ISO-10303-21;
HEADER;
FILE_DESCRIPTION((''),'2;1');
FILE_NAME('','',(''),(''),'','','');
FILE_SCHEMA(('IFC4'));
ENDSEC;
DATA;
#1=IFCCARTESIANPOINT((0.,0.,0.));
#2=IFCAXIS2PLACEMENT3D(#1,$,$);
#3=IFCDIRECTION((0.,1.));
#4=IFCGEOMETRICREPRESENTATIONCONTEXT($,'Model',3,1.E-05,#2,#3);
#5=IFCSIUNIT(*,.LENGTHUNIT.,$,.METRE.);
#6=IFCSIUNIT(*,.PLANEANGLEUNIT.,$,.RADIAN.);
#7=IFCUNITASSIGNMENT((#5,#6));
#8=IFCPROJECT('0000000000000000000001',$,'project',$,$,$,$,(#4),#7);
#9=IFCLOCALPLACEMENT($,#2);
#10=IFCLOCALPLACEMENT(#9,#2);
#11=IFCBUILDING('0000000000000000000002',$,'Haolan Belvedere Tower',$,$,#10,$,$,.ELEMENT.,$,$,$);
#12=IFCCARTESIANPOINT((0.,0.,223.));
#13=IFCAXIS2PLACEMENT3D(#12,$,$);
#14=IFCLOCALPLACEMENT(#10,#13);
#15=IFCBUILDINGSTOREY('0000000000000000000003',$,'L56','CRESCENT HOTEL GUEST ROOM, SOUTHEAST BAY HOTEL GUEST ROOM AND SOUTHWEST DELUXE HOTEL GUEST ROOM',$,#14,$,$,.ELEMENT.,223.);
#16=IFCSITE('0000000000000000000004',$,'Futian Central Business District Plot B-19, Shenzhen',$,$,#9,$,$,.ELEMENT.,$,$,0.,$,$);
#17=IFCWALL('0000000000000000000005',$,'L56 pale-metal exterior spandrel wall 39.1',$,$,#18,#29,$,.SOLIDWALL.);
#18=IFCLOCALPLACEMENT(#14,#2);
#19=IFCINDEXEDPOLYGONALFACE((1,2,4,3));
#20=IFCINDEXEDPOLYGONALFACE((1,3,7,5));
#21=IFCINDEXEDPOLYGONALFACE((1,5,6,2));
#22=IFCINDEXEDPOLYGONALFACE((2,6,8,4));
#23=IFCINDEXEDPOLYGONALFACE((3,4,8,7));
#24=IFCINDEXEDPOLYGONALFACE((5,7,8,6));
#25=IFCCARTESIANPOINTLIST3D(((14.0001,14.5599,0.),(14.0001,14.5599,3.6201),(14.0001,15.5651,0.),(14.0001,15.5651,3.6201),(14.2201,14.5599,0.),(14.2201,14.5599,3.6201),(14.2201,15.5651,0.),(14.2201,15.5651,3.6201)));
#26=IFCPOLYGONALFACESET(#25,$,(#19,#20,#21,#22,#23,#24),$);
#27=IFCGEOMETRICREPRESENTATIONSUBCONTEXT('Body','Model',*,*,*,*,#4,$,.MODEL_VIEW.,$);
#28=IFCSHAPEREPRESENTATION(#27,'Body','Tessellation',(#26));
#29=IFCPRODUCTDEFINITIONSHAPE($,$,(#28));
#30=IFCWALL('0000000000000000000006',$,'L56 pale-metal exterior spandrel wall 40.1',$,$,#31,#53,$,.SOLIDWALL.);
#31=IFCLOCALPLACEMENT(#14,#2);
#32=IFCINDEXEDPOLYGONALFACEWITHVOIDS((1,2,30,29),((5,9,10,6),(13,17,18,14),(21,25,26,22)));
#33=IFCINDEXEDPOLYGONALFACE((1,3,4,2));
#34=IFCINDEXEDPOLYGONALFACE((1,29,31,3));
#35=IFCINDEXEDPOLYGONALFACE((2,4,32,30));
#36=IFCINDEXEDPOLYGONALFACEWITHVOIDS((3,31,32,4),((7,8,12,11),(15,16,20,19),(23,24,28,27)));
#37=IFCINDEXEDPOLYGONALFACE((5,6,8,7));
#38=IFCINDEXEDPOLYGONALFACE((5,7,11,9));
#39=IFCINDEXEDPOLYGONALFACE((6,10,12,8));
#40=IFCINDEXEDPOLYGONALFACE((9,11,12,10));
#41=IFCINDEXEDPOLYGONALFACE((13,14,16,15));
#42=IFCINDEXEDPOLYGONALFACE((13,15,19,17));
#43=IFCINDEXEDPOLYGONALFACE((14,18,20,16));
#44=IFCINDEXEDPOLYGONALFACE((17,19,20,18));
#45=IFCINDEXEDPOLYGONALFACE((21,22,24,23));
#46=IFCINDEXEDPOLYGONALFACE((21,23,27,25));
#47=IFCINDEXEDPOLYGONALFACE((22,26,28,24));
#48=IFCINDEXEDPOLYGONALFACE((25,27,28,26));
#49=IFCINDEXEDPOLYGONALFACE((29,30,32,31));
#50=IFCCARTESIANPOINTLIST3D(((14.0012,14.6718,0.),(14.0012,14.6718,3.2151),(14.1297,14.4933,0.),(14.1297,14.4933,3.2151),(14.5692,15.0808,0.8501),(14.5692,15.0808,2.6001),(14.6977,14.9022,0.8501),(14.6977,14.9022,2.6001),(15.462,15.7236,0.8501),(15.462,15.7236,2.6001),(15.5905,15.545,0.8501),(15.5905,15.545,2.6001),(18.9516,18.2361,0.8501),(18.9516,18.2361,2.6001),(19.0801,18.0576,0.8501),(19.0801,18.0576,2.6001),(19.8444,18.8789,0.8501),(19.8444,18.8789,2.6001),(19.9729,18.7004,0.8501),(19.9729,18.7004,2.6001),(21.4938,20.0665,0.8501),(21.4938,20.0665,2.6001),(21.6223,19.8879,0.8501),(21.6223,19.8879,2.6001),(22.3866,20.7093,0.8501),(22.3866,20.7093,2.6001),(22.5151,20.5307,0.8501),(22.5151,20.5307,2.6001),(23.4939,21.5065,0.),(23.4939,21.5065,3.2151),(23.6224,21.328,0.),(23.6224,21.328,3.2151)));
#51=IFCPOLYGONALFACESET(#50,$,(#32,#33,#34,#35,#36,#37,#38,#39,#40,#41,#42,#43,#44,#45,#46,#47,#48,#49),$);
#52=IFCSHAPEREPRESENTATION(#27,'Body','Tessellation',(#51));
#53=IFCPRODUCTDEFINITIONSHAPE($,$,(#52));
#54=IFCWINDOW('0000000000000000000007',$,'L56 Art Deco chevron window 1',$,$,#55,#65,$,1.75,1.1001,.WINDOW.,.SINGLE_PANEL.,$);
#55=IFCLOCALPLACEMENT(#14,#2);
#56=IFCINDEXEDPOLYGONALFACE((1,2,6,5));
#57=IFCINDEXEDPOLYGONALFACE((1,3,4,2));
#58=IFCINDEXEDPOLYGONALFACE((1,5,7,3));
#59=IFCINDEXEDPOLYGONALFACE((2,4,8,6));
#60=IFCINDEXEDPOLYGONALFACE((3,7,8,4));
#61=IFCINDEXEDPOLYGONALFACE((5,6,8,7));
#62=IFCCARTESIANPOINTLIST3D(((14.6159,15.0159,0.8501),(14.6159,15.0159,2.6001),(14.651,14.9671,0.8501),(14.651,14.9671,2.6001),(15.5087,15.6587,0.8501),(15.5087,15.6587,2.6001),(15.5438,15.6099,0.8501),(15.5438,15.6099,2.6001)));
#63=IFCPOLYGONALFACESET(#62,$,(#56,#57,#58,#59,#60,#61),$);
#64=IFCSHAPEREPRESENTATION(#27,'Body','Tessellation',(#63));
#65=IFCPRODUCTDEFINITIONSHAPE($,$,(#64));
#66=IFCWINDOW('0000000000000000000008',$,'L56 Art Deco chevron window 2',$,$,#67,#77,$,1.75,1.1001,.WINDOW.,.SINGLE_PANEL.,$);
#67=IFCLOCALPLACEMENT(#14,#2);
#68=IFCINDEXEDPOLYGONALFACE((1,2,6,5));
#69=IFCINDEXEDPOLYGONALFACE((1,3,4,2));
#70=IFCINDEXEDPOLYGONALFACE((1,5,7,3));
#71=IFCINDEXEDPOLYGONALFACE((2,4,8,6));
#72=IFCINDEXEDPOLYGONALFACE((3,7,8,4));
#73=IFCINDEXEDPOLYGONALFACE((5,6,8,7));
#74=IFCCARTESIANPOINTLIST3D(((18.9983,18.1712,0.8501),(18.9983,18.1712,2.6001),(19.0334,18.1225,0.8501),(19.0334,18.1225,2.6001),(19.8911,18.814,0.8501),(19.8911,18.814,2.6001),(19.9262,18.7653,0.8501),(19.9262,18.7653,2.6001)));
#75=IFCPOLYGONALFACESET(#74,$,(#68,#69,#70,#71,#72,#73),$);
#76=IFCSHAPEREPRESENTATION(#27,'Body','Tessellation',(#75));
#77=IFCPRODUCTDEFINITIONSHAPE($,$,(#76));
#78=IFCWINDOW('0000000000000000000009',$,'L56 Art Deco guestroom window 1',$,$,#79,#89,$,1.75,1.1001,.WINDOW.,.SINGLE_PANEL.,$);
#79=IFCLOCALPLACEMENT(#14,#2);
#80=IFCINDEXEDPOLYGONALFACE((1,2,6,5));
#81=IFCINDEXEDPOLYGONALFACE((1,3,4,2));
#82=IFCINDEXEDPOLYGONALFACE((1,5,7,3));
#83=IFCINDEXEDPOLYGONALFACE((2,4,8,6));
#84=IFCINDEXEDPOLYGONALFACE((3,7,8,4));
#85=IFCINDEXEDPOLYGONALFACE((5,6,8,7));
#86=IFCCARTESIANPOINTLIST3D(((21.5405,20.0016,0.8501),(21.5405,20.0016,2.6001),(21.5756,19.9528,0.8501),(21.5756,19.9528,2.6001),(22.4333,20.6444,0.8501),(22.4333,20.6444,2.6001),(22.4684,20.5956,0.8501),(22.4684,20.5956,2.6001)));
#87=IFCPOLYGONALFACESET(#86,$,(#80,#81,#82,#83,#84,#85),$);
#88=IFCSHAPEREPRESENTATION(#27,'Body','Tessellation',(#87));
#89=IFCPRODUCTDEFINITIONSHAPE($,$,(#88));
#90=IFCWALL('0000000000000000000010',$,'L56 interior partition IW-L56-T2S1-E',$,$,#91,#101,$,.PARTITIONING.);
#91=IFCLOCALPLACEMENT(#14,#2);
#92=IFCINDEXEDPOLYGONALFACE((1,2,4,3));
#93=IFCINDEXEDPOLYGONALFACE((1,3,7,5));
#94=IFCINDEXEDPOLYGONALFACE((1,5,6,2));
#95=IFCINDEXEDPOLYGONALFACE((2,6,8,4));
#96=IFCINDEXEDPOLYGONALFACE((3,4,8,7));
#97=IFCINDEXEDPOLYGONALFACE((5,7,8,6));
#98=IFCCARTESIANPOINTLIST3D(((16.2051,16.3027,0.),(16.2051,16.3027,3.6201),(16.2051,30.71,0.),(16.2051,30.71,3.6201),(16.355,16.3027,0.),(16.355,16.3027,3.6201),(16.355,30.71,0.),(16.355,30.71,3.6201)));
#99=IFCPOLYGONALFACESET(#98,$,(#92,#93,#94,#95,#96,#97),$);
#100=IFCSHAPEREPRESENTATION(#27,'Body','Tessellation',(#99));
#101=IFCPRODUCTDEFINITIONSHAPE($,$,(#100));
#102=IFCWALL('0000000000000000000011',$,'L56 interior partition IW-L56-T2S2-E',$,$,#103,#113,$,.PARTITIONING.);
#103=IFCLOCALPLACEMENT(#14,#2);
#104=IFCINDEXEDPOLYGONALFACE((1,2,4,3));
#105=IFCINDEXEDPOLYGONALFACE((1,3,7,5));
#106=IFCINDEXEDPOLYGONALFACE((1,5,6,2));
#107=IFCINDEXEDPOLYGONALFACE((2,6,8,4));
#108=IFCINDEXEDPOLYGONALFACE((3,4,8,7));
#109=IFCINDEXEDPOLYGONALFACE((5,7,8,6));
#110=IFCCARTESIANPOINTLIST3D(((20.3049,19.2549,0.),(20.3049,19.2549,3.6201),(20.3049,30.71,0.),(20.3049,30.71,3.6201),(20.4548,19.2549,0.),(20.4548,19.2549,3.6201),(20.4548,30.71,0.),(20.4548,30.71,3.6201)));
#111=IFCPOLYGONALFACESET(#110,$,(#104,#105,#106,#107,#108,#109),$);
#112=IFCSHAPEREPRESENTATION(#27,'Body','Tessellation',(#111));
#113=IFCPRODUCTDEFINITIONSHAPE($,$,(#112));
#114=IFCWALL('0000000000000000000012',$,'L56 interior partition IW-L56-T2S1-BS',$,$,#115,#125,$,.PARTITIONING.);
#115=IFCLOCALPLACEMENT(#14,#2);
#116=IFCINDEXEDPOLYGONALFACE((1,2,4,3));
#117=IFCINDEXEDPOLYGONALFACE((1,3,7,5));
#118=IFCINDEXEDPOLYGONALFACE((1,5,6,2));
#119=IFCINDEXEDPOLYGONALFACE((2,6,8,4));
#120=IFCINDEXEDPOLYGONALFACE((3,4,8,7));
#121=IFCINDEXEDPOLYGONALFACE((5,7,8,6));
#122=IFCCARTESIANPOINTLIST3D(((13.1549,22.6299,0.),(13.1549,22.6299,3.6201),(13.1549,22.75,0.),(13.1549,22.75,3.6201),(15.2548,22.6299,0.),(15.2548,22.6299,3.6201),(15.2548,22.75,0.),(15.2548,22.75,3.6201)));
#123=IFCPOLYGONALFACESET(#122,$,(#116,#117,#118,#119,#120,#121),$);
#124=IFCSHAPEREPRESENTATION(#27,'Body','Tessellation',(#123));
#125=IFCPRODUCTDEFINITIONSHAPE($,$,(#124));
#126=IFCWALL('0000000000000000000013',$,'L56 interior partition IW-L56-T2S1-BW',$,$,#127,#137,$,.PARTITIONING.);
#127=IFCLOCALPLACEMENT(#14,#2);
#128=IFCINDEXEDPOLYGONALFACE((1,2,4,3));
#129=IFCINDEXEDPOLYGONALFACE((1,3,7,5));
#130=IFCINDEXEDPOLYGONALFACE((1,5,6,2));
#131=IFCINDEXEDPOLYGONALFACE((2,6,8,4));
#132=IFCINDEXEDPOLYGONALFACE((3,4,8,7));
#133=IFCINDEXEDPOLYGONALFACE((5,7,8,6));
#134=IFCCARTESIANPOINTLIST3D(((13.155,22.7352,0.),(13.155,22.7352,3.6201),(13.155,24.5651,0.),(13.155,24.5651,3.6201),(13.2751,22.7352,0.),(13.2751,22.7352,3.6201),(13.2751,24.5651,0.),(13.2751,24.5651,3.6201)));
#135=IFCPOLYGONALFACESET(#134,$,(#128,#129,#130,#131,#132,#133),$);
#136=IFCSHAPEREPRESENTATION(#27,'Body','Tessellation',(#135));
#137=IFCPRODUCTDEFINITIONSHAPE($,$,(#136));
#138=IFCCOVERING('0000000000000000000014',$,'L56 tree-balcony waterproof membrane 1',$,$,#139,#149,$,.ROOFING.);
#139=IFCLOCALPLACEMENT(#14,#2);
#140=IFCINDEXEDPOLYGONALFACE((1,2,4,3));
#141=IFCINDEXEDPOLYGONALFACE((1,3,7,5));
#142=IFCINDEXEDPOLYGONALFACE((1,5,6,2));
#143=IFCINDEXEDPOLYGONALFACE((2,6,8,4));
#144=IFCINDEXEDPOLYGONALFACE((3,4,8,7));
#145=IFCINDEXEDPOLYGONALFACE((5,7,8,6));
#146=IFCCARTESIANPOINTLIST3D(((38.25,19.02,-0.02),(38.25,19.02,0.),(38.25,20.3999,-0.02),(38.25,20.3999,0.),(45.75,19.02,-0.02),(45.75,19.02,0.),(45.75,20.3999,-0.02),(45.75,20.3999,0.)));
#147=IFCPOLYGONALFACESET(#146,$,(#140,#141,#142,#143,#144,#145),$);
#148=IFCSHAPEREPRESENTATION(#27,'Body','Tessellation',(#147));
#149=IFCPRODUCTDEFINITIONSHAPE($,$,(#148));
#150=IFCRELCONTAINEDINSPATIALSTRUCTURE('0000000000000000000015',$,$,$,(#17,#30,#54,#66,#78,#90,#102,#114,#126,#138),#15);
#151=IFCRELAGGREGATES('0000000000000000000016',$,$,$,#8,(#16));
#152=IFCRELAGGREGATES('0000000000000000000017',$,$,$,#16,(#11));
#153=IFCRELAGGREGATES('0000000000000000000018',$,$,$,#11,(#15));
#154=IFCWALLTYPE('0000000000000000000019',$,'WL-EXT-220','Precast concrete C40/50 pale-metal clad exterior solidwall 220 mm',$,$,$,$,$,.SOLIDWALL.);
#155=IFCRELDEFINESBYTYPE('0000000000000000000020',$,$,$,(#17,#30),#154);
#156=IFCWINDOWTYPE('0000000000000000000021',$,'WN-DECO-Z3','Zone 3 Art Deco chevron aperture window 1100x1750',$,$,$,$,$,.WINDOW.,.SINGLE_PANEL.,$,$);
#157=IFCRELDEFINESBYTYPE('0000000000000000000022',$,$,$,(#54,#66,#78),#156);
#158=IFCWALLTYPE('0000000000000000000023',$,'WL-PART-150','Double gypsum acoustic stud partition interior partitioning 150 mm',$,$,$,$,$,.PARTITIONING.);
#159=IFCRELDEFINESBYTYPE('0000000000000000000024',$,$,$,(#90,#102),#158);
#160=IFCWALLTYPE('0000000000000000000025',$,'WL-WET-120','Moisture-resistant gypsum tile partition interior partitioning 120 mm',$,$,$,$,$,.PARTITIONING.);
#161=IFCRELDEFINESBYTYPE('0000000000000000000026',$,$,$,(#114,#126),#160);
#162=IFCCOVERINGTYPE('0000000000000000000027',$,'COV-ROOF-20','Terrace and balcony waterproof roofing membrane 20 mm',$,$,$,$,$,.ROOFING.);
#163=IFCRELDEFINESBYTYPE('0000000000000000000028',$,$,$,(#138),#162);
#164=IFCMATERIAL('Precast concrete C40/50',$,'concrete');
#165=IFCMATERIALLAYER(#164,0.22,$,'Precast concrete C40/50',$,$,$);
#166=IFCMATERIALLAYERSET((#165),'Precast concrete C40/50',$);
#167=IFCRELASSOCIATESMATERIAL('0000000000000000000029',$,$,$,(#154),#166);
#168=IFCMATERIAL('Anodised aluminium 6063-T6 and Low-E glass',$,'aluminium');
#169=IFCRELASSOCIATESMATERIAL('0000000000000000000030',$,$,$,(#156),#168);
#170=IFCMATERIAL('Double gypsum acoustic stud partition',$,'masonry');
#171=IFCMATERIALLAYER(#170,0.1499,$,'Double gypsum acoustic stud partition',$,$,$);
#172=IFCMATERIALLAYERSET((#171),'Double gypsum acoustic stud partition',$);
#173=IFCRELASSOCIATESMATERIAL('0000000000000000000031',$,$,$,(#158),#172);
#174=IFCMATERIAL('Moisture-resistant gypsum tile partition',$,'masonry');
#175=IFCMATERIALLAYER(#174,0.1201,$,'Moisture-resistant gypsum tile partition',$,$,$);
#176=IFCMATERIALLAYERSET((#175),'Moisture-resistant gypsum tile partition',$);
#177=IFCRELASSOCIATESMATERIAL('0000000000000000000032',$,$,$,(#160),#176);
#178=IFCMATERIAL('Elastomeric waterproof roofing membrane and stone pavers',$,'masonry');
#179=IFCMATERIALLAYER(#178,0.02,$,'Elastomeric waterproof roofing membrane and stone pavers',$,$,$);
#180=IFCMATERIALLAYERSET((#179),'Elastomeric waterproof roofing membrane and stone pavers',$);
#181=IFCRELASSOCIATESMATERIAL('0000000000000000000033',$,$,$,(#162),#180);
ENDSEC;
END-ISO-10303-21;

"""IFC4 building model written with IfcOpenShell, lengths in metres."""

from ifc_helpers import new_model, si_unit, direction, frame, frame_2d, origin, place, context, subcontext, project, spatial, polyline, rectangle, outline, extrude, material, layer, layer_set, type_object, element, fill, save


model = new_model("IFC4")

# Units and contexts
model_context = context("Model", 3, precision=1e-05, world=origin(), true_north=direction((0.0, 1.0)))
body_context = subcontext(model_context, "Body", "Model", "MODEL_VIEW")
ifc_project = project(units=[si_unit("LENGTHUNIT", "METRE"), si_unit("PLANEANGLEUNIT", "RADIAN")], contexts=[model_context])

# Site, building, storey
site_placement = place(None, origin())
site = spatial("IfcSite", under=ifc_project, at=site_placement, Name="Futian Central Business District Plot B-19, Shenzhen", CompositionType="ELEMENT", RefElevation=0.0)
building_placement = place(site_placement, origin())
building = spatial("IfcBuilding", under=site, at=building_placement, Name="Haolan Belvedere Tower", CompositionType="ELEMENT")
storey_placement = place(building_placement, frame((0.0, 0.0, 223.0)))
storey = spatial("IfcBuildingStorey", under=building, at=storey_placement, Name="L56", Description="CRESCENT HOTEL GUEST ROOM, SOUTHEAST BAY HOTEL GUEST ROOM AND SOUTHWEST DELUXE HOTEL GUEST ROOM", CompositionType="ELEMENT", Elevation=223.0)

# Wall
ifc_material_1 = material(Name="Precast concrete C40/50", Category="concrete")
ifc_layer_1 = layer(ifc_material_1, 0.22, Name="Precast concrete C40/50")
ifc_layer_set_1 = layer_set([ifc_layer_1], Name="Precast concrete C40/50")
wall_type_1 = type_object("IfcWallType", Name="WL-EXT-220", Description="Precast concrete C40/50 pale-metal clad exterior solidwall 220 mm", PredefinedType="SOLIDWALL", material=ifc_layer_set_1)
wall_1_placement = place(storey_placement, frame((14.1101, 15.5649, 0.0), z_axis=(0.0, 0.0, 1.0), x_axis=(0.0, -1.0, 0.0)))
element("IfcWall", 1, at=wall_1_placement, inside=storey, type_object=wall_type_1, Name="L56 pale-metal exterior spandrel wall 39.1", PredefinedType="SOLIDWALL", context=body_context, shape_type="SweptSolid", body=[
    extrude(rectangle(XDim=1.0051, YDim=0.22, at=frame_2d((0.5024, 0.0))), origin(), (0.0, 0.0, 1.0), 3.6201),
])

# Wall, openings, windows
wall_2_placement = place(storey_placement, frame((14.0654, 14.5825, 0.0), z_axis=(0.0, 0.0, 1.0), x_axis=(0.811535, 0.584304, 0.0)))
wall_2 = element("IfcWall", 2, at=wall_2_placement, inside=storey, type_object=wall_type_1, Name="L56 pale-metal exterior spandrel wall 40.1", PredefinedType="SOLIDWALL", context=body_context, shape_type="SweptSolid", body=[
    extrude(rectangle(XDim=11.6973, YDim=0.22, at=frame_2d((5.8486, 0.0))), origin(), (0.0, 0.0, 1.0), 3.2151),
])
opening_1_placement = place(wall_2_placement, frame((0.7, 0.0, 0.8501)))
opening_1 = element("IfcOpeningElement", 3, at=opening_1_placement, cuts=wall_2, PredefinedType="OPENING", context=body_context, shape_type="SweptSolid", body=[
    extrude(rectangle(XDim=1.1001, YDim=1.75, at=frame_2d((0.55, 0.875))), frame((0.0, 0.1199, 0.0), z_axis=(0.0, -1.0, 0.0), x_axis=(1.0, 0.0, 0.0)), (0.0, 0.0, 1.0), 0.24),
])
opening_2_placement = place(wall_2_placement, frame((6.1001, 0.0, 0.8501)))
opening_2 = element("IfcOpeningElement", 4, at=opening_2_placement, cuts=wall_2, PredefinedType="OPENING", context=body_context, shape_type="SweptSolid", body=[
    extrude(rectangle(XDim=1.1001, YDim=1.75, at=frame_2d((0.55, 0.875))), frame((0.0, 0.1199, 0.0), z_axis=(0.0, -1.0, 0.0), x_axis=(1.0, 0.0, 0.0)), (0.0, 0.0, 1.0), 0.24),
])
opening_3_placement = place(wall_2_placement, frame((9.2327, 0.0, 0.8501)))
opening_3 = element("IfcOpeningElement", 5, at=opening_3_placement, cuts=wall_2, PredefinedType="OPENING", context=body_context, shape_type="SweptSolid", body=[
    extrude(rectangle(XDim=1.1001, YDim=1.75, at=frame_2d((0.55, 0.875))), frame((0.0, 0.1199, 0.0), z_axis=(0.0, -1.0, 0.0), x_axis=(1.0, 0.0, 0.0)), (0.0, 0.0, 1.0), 0.24),
])
ifc_material_2 = material(Name="Anodised aluminium 6063-T6 and Low-E glass", Category="aluminium")
window_type = type_object("IfcWindowType", Name="WN-DECO-Z3", Description="Zone 3 Art Deco chevron aperture window 1100x1750", PartitioningType="SINGLE_PANEL", PredefinedType="WINDOW", material=ifc_material_2)
window_1_placement = place(opening_1_placement, origin())
window_1 = element("IfcWindow", 6, at=window_1_placement, inside=storey, type_object=window_type, Name="L56 Art Deco chevron window 1", OverallHeight=1.75, OverallWidth=1.1001, PartitioningType="SINGLE_PANEL", PredefinedType="WINDOW", context=body_context, shape_type="SweptSolid", body=[
    extrude(rectangle(XDim=1.1001, YDim=1.75, at=frame_2d((0.55, 0.875))), frame((0.0, 0.03, 0.0), z_axis=(0.0, -1.0, 0.0), x_axis=(1.0, 0.0, 0.0)), (0.0, 0.0, 1.0), 0.0601),
])
fill(opening_1, window_1)
window_2_placement = place(opening_2_placement, origin())
window_2 = element("IfcWindow", 7, at=window_2_placement, inside=storey, type_object=window_type, Name="L56 Art Deco chevron window 2", OverallHeight=1.75, OverallWidth=1.1001, PartitioningType="SINGLE_PANEL", PredefinedType="WINDOW", context=body_context, shape_type="SweptSolid", body=[
    extrude(rectangle(XDim=1.1001, YDim=1.75, at=frame_2d((0.55, 0.875))), frame((0.0, 0.03, 0.0), z_axis=(0.0, -1.0, 0.0), x_axis=(1.0, 0.0, 0.0)), (0.0, 0.0, 1.0), 0.0601),
])
fill(opening_2, window_2)
window_3_placement = place(opening_3_placement, origin())
window_3 = element("IfcWindow", 8, at=window_3_placement, inside=storey, type_object=window_type, Name="L56 Art Deco guestroom window 1", OverallHeight=1.75, OverallWidth=1.1001, PartitioningType="SINGLE_PANEL", PredefinedType="WINDOW", context=body_context, shape_type="SweptSolid", body=[
    extrude(rectangle(XDim=1.1001, YDim=1.75, at=frame_2d((0.55, 0.875))), frame((0.0, 0.03, 0.0), z_axis=(0.0, -1.0, 0.0), x_axis=(1.0, 0.0, 0.0)), (0.0, 0.0, 1.0), 0.0601),
])
fill(opening_3, window_3)

# Walls
ifc_material_3 = material(Name="Double gypsum acoustic stud partition", Category="masonry")
ifc_layer_2 = layer(ifc_material_3, 0.1499, Name="Double gypsum acoustic stud partition")
ifc_layer_set_2 = layer_set([ifc_layer_2], Name="Double gypsum acoustic stud partition")
wall_type_2 = type_object("IfcWallType", Name="WL-PART-150", Description="Double gypsum acoustic stud partition interior partitioning 150 mm", PredefinedType="PARTITIONING", material=ifc_layer_set_2)
wall_3_placement = place(storey_placement, frame((16.28, 16.3027, 0.0), z_axis=(0.0, 0.0, 1.0), x_axis=(0.0, 1.0, 0.0)))
element("IfcWall", 9, at=wall_3_placement, inside=storey, type_object=wall_type_2, Name="L56 interior partition IW-L56-T2S1-E", PredefinedType="PARTITIONING", context=body_context, shape_type="SweptSolid", body=[
    extrude(rectangle(XDim=14.4072, YDim=0.1499, at=frame_2d((7.2036, 0.0))), origin(), (0.0, 0.0, 1.0), 3.6201),
])
wall_4_placement = place(storey_placement, frame((20.3799, 19.2549, 0.0), z_axis=(0.0, 0.0, 1.0), x_axis=(0.0, 1.0, 0.0)))
element("IfcWall", 10, at=wall_4_placement, inside=storey, type_object=wall_type_2, Name="L56 interior partition IW-L56-T2S2-E", PredefinedType="PARTITIONING", context=body_context, shape_type="SweptSolid", body=[
    extrude(rectangle(XDim=11.4551, YDim=0.1499, at=frame_2d((5.7275, 0.0))), origin(), (0.0, 0.0, 1.0), 3.6201),
])
ifc_material_4 = material(Name="Moisture-resistant gypsum tile partition", Category="masonry")
ifc_layer_3 = layer(ifc_material_4, 0.1201, Name="Moisture-resistant gypsum tile partition")
ifc_layer_set_3 = layer_set([ifc_layer_3], Name="Moisture-resistant gypsum tile partition")
wall_type_3 = type_object("IfcWallType", Name="WL-WET-120", Description="Moisture-resistant gypsum tile partition interior partitioning 120 mm", PredefinedType="PARTITIONING", material=ifc_layer_set_3)
wall_5_placement = place(storey_placement, frame((13.155, 22.6899, 0.0), z_axis=(0.0, 0.0, 1.0), x_axis=(1.0, 0.0, 0.0)))
element("IfcWall", 11, at=wall_5_placement, inside=storey, type_object=wall_type_3, Name="L56 interior partition IW-L56-T2S1-BS", PredefinedType="PARTITIONING", context=body_context, shape_type="SweptSolid", body=[
    extrude(rectangle(XDim=2.0999, YDim=0.1201, at=frame_2d((1.0498, 0.0))), origin(), (0.0, 0.0, 1.0), 3.6201),
])
wall_6_placement = place(storey_placement, frame((13.2151, 22.7351, 0.0), z_axis=(0.0, 0.0, 1.0), x_axis=(0.0, 1.0, 0.0)))
element("IfcWall", 12, at=wall_6_placement, inside=storey, type_object=wall_type_3, Name="L56 interior partition IW-L56-T2S1-BW", PredefinedType="PARTITIONING", context=body_context, shape_type="SweptSolid", body=[
    extrude(rectangle(XDim=1.8298, YDim=0.1201, at=frame_2d((0.915, 0.0))), origin(), (0.0, 0.0, 1.0), 3.6201),
])

# Covering
ifc_material_5 = material(Name="Elastomeric waterproof roofing membrane and stone pavers", Category="masonry")
ifc_layer_4 = layer(ifc_material_5, 0.02, Name="Elastomeric waterproof roofing membrane and stone pavers")
ifc_layer_set_4 = layer_set([ifc_layer_4], Name="Elastomeric waterproof roofing membrane and stone pavers")
covering_type = type_object("IfcCoveringType", Name="COV-ROOF-20", Description="Terrace and balcony waterproof roofing membrane 20 mm", PredefinedType="ROOFING", material=ifc_layer_set_4)
covering_placement = place(storey_placement, frame((0.0, 0.0, -0.02)))
element("IfcCovering", 13, at=covering_placement, inside=storey, type_object=covering_type, Name="L56 tree-balcony waterproof membrane 1", PredefinedType="ROOFING", context=body_context, shape_type="SweptSolid", body=[
    extrude(outline(polyline([(38.25, 19.02), (45.75, 19.02), (45.75, 20.3999), (38.25, 20.3999), (38.25, 19.02)])), origin(), (0.0, 0.0, 1.0), 0.02),
])

save(model, "model.ifc")
